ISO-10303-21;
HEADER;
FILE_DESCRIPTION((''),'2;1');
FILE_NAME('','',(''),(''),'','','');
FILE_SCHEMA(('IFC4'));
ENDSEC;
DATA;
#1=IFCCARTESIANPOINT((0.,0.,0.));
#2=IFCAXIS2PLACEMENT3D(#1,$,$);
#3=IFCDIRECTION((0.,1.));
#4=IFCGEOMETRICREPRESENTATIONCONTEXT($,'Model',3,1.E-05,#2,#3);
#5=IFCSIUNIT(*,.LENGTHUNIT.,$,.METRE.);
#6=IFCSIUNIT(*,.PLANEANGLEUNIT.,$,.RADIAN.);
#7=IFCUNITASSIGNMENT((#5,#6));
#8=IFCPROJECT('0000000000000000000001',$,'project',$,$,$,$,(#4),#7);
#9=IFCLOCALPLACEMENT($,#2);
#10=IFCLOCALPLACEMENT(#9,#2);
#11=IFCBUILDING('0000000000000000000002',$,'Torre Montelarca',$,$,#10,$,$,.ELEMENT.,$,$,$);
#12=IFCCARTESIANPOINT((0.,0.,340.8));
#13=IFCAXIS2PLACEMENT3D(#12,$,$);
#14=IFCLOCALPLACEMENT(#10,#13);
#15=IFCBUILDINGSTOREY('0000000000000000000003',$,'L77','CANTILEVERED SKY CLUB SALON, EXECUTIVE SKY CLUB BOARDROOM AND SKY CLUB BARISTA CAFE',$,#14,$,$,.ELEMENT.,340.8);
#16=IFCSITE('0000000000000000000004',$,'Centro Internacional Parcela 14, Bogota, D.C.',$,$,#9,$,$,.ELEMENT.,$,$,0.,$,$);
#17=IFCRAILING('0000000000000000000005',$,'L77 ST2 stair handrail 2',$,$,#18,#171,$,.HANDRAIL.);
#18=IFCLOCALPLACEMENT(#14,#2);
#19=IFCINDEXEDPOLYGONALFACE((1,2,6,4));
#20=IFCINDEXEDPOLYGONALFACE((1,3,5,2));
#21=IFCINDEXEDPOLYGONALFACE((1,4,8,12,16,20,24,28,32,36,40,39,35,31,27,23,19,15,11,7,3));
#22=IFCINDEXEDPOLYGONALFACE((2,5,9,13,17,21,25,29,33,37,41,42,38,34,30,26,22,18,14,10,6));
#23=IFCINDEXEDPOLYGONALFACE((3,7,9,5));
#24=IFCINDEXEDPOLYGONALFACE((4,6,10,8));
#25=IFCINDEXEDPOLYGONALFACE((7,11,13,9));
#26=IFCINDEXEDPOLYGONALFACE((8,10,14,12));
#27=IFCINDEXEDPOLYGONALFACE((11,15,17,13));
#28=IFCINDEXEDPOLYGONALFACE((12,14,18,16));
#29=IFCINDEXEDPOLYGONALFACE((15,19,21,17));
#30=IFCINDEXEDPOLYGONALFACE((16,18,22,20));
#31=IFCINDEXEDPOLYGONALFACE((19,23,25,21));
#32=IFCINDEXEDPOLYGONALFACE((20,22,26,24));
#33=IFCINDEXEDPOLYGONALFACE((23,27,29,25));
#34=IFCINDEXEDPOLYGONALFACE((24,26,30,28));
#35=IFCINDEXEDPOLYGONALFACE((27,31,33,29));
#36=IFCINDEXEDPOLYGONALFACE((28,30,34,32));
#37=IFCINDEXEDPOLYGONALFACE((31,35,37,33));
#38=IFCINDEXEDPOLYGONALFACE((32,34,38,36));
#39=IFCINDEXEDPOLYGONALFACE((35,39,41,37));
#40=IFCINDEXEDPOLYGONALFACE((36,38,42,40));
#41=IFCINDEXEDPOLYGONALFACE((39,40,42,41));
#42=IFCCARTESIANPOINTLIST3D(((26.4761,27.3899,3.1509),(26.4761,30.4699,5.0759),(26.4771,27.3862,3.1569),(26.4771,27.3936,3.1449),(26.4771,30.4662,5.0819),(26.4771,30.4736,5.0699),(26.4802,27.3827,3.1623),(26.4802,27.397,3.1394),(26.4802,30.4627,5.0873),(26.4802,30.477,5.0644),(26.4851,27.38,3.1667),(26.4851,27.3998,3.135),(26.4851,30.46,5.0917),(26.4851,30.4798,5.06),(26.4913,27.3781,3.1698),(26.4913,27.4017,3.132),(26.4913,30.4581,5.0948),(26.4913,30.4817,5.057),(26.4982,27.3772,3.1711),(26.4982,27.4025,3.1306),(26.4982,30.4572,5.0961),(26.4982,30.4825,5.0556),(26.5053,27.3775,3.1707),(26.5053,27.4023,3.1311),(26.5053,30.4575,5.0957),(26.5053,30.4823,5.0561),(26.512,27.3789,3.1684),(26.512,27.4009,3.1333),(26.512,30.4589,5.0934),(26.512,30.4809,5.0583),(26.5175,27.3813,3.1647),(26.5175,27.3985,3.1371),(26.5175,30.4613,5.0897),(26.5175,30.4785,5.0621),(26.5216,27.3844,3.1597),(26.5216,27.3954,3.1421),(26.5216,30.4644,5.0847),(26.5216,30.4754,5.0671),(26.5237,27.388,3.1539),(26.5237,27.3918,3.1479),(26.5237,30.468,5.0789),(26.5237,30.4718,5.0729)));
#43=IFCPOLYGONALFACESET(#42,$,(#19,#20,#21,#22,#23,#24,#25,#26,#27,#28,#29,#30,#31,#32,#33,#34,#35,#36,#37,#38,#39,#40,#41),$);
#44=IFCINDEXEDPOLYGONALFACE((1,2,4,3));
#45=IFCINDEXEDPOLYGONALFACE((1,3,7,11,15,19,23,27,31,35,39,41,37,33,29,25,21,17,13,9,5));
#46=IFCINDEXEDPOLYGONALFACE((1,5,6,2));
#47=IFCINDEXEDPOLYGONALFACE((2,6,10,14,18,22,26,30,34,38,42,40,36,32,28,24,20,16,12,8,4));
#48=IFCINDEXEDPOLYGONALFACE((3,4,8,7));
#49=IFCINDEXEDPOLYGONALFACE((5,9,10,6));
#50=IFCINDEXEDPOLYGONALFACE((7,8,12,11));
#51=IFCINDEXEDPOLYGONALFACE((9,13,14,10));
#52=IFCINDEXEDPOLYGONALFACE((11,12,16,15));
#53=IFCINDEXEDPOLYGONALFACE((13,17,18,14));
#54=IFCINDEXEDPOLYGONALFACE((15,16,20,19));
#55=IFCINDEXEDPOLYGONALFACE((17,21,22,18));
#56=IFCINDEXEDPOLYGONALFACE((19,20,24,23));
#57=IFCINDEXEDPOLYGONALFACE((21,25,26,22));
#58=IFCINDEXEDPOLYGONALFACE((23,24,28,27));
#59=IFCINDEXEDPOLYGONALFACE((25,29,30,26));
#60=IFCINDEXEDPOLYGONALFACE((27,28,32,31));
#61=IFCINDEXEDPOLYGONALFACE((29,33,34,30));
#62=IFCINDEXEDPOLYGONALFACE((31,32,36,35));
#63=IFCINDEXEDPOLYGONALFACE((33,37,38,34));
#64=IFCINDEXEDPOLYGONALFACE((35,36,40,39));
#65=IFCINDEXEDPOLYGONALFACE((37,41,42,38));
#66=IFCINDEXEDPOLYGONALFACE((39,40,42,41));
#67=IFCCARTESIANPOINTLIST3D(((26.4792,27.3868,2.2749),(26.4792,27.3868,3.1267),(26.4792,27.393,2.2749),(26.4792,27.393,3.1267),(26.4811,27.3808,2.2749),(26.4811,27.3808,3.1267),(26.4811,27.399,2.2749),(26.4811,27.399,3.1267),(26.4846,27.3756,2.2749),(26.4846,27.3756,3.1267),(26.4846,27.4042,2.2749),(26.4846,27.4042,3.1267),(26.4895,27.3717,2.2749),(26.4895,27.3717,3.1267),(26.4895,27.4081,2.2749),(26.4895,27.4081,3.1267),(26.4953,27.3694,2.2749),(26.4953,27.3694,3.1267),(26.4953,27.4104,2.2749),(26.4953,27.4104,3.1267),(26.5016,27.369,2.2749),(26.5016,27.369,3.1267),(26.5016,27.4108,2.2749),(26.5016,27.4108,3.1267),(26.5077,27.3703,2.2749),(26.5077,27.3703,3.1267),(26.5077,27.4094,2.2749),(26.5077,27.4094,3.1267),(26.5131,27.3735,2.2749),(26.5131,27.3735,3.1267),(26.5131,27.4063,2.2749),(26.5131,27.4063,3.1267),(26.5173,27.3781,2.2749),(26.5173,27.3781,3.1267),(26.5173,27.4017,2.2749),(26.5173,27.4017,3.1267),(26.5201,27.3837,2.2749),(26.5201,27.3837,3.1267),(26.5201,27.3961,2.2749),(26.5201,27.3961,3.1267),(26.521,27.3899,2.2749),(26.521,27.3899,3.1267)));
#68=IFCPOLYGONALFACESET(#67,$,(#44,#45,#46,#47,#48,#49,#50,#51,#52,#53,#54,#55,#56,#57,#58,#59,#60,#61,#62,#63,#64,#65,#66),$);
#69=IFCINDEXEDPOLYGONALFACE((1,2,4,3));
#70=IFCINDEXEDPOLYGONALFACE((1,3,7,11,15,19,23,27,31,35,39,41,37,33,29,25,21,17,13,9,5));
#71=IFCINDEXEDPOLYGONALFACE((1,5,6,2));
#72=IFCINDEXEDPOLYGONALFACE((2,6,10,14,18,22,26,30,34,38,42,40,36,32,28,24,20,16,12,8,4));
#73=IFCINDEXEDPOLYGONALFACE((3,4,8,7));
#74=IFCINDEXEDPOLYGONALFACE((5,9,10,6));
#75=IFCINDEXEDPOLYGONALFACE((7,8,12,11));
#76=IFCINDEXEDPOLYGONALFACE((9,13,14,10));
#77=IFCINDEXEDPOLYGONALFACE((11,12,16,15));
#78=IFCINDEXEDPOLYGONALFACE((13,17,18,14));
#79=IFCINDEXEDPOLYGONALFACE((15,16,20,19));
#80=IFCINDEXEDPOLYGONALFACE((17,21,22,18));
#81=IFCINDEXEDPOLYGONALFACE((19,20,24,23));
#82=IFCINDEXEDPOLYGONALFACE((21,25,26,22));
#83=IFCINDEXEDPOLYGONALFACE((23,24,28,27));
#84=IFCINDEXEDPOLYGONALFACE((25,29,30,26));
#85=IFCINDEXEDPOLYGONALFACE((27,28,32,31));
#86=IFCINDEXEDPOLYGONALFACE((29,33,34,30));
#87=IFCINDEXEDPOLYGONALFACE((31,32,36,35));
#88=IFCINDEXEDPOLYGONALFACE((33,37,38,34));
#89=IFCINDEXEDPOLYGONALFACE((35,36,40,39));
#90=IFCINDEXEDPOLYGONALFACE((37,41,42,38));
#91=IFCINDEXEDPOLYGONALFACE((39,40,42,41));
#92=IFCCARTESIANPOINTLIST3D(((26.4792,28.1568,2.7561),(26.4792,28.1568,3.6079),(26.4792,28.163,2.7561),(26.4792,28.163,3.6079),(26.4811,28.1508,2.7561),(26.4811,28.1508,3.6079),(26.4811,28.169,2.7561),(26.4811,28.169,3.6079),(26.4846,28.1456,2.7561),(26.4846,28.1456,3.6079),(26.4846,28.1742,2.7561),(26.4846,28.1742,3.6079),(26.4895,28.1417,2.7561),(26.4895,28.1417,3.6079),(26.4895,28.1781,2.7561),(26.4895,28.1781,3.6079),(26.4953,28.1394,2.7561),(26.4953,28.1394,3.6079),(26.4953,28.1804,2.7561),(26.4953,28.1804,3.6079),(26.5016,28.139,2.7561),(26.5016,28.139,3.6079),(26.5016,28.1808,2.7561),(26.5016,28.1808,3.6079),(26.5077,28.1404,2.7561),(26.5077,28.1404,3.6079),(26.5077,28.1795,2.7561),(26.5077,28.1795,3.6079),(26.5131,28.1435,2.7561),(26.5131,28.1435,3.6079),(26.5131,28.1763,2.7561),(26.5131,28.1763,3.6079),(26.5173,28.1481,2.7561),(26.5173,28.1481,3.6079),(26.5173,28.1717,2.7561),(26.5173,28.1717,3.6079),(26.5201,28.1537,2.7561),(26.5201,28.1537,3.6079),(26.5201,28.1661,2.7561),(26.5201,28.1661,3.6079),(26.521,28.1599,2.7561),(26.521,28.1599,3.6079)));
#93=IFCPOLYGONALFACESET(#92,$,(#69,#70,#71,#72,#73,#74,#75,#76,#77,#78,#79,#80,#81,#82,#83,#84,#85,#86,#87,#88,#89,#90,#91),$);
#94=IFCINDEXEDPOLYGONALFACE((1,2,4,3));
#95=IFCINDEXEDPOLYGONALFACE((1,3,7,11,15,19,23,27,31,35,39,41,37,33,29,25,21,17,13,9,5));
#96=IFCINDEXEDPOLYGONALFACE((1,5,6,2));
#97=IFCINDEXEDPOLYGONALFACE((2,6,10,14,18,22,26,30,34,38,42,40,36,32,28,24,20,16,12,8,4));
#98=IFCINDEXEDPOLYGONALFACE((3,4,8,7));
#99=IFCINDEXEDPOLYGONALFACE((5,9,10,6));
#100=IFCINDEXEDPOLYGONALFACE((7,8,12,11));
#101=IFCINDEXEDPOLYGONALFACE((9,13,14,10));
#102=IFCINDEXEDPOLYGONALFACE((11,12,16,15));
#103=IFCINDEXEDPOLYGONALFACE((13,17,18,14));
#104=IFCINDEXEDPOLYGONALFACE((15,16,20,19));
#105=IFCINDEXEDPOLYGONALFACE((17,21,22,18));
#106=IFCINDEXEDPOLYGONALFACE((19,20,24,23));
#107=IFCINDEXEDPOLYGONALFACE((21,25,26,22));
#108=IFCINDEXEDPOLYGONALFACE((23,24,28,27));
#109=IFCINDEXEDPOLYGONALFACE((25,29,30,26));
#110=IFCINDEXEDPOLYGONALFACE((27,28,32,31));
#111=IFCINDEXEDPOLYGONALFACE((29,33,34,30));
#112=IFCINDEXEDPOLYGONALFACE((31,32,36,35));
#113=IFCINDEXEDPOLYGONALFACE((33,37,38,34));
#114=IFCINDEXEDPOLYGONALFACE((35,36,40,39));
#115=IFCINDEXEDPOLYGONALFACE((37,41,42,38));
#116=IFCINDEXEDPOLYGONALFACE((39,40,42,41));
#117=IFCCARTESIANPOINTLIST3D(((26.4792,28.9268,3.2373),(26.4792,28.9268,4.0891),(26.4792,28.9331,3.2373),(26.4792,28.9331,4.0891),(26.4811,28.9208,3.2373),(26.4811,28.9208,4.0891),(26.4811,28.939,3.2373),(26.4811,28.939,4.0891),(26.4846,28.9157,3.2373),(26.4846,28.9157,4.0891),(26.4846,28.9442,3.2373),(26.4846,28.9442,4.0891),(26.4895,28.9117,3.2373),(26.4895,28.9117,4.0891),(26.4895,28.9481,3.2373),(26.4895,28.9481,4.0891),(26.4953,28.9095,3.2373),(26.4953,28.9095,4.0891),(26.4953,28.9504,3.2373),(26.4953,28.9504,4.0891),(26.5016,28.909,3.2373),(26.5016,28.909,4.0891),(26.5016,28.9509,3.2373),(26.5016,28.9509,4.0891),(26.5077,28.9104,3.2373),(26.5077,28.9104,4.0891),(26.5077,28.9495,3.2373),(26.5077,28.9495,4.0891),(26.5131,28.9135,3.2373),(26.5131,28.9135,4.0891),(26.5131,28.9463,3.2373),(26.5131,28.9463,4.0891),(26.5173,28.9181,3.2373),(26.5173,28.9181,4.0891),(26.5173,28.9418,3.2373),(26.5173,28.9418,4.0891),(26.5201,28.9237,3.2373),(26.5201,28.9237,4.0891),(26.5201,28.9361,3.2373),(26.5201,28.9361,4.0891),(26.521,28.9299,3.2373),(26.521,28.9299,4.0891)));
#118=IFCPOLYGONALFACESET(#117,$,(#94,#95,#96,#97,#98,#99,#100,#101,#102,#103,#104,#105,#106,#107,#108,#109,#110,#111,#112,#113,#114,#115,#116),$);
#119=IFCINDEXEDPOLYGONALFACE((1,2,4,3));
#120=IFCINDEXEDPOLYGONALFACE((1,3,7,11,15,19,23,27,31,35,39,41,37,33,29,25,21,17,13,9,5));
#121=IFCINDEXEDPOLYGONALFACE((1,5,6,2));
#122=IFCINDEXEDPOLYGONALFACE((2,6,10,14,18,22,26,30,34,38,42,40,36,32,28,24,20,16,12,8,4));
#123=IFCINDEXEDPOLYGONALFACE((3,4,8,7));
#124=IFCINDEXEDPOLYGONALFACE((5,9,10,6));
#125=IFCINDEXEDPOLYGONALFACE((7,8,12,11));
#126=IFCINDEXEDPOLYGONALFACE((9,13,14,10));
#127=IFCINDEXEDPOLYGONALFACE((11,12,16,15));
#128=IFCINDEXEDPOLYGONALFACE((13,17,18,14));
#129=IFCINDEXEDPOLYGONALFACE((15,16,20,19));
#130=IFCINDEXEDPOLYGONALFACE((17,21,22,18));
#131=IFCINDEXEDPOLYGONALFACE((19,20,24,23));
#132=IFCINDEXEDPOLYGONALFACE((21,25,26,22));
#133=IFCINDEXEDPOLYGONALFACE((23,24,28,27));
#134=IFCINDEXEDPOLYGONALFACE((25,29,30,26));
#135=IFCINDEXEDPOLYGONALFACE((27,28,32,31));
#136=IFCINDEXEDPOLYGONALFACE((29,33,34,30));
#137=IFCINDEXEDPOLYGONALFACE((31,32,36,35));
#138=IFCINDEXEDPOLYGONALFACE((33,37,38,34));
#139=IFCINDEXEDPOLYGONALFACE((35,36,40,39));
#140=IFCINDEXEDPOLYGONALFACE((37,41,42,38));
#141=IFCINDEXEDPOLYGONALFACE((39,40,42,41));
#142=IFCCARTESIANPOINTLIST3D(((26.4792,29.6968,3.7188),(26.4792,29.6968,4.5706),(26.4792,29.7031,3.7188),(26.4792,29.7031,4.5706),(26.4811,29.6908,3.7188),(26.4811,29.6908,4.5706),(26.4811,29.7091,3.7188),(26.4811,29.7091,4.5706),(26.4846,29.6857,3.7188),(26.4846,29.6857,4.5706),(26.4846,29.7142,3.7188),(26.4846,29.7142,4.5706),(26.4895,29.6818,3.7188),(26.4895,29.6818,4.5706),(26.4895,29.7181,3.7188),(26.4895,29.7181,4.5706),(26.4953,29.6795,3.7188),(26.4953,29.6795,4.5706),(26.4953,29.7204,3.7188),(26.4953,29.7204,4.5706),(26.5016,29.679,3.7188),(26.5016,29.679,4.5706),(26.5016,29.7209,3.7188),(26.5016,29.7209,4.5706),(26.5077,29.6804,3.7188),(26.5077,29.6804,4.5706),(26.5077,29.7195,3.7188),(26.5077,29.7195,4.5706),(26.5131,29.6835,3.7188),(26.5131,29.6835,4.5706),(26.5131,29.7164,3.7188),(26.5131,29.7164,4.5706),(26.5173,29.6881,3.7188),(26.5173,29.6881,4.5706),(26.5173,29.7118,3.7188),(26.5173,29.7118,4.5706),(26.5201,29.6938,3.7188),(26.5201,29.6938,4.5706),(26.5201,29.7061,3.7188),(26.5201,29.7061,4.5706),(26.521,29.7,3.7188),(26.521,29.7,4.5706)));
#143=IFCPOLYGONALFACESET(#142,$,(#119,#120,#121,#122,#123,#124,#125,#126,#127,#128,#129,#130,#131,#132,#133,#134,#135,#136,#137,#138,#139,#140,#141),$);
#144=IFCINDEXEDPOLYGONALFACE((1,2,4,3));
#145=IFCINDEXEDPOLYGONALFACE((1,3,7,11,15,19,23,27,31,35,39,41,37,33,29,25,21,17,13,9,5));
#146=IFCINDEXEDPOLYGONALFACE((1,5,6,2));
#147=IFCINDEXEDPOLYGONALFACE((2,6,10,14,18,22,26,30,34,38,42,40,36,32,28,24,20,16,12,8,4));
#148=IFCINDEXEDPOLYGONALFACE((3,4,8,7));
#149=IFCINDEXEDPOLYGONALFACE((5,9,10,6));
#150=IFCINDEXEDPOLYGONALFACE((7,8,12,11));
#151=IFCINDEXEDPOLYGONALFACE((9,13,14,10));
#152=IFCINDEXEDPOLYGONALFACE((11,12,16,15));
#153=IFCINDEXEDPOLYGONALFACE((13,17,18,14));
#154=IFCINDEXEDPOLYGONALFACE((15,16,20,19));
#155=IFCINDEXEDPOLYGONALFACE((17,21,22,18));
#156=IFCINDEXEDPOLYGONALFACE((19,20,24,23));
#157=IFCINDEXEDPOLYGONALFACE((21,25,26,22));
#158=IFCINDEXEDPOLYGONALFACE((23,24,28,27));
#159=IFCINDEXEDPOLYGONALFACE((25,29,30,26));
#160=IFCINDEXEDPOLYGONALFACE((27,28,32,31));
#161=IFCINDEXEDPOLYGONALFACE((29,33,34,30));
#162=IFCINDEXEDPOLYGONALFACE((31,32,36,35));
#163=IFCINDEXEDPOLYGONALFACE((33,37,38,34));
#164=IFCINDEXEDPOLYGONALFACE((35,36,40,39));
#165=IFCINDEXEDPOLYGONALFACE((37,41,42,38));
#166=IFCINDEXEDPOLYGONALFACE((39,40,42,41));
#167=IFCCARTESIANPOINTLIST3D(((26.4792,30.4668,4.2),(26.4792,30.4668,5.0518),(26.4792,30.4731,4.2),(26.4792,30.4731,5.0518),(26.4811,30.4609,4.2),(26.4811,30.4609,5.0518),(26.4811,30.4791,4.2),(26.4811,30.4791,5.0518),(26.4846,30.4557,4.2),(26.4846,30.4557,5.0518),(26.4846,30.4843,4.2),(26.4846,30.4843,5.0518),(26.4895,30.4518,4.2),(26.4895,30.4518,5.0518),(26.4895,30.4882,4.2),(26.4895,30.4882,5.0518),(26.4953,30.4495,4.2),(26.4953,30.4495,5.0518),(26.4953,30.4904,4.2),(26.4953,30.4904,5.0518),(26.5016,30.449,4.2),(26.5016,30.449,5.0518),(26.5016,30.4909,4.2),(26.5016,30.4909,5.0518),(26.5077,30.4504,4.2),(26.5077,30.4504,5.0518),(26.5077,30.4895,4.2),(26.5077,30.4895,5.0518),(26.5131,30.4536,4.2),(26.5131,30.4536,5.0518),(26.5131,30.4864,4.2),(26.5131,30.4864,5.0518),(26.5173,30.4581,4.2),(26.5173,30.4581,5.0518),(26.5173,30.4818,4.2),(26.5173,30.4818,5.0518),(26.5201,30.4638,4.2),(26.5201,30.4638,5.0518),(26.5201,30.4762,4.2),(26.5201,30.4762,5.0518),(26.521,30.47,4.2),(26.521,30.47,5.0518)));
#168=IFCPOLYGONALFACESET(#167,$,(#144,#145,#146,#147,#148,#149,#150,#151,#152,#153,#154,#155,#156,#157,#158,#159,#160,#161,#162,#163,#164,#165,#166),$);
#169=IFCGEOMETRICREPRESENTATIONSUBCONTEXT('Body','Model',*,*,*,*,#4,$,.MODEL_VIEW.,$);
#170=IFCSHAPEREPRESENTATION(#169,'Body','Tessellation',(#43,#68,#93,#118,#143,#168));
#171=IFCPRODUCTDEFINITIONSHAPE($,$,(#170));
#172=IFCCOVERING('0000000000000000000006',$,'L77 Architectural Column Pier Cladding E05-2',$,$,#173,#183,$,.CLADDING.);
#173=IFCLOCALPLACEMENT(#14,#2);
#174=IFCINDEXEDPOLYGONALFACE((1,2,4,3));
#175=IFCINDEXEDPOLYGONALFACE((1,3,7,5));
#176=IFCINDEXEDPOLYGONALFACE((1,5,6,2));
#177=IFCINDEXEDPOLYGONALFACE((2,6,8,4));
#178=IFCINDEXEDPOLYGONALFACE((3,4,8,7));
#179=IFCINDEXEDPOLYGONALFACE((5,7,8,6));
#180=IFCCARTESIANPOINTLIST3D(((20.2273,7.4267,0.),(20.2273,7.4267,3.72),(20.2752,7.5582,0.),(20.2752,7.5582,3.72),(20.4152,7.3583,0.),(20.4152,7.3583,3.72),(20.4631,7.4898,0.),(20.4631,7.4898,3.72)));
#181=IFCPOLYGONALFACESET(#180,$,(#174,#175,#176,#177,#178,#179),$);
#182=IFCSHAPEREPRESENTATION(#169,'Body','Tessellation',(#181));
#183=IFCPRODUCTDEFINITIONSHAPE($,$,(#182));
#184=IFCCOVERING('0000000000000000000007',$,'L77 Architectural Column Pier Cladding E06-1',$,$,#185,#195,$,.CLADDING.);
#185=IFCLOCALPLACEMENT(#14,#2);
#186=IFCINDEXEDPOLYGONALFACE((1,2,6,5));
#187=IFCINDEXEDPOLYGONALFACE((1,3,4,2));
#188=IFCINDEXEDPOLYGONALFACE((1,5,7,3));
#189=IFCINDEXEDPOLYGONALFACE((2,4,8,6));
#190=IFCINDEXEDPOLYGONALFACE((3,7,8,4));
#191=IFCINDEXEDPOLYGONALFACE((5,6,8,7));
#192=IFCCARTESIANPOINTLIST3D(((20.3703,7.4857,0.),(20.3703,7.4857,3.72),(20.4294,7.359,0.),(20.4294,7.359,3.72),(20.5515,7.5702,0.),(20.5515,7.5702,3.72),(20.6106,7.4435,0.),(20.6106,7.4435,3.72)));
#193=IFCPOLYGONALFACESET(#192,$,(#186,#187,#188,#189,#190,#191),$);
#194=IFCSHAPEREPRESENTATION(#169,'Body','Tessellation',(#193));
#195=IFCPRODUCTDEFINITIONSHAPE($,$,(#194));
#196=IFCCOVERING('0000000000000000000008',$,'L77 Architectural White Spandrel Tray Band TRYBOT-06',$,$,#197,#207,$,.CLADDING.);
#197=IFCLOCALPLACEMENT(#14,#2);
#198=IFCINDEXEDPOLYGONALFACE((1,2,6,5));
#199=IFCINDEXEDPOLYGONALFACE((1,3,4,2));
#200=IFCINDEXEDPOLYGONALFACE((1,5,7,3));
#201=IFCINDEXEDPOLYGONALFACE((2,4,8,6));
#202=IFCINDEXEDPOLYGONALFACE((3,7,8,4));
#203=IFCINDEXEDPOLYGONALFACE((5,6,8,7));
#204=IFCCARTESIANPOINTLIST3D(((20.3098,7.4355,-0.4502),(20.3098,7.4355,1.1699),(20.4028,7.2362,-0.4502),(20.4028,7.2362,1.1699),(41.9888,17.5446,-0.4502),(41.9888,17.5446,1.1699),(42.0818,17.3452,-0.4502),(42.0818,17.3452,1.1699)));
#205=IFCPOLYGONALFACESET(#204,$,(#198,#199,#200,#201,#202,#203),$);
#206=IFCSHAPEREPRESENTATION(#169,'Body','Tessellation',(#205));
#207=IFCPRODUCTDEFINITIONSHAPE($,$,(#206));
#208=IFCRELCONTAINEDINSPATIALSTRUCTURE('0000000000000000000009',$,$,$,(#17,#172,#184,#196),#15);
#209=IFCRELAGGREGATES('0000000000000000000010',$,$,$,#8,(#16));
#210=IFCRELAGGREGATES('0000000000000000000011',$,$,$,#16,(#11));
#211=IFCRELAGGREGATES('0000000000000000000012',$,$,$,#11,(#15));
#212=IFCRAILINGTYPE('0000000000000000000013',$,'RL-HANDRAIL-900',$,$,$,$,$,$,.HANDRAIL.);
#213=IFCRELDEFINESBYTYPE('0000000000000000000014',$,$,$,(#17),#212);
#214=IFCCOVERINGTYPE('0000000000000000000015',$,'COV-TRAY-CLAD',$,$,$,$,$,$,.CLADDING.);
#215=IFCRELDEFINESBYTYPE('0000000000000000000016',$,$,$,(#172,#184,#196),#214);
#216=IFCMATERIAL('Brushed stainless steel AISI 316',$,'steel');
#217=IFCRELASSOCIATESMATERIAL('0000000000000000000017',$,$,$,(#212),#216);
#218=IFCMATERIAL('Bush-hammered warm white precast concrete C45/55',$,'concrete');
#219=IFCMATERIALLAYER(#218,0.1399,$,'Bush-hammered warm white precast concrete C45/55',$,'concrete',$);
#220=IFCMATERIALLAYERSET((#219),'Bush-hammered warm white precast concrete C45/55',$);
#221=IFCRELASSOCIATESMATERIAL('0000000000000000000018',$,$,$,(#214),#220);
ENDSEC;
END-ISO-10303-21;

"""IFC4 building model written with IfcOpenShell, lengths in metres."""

from ifc_helpers import new_model, si_unit, direction, frame, origin, origin_2d, place, context, subcontext, project, spatial, rectangle, circle, extrude, source, transform, mapped, material, layer, layer_set, type_object, element, save


model = new_model("IFC4")

# Units and contexts
model_context = context("Model", 3, precision=1e-05, world=origin(), true_north=direction((0.0, 1.0)))
body_context = subcontext(model_context, "Body", "Model", "MODEL_VIEW")
ifc_project = project(units=[si_unit("LENGTHUNIT", "METRE"), si_unit("PLANEANGLEUNIT", "RADIAN")], contexts=[model_context])

# Site, building, storey
site_placement = place(None, origin())
site = spatial("IfcSite", under=ifc_project, at=site_placement, Name="Centro Internacional Parcela 14, Bogota, D.C.", CompositionType="ELEMENT", RefElevation=0.0)
building_placement = place(site_placement, origin())
building = spatial("IfcBuilding", under=site, at=building_placement, Name="Torre Montelarca", CompositionType="ELEMENT")
storey_placement = place(building_placement, frame((0.0, 0.0, 340.8)))
storey = spatial("IfcBuildingStorey", under=building, at=storey_placement, Name="L77", Description="CANTILEVERED SKY CLUB SALON, EXECUTIVE SKY CLUB BOARDROOM AND SKY CLUB BARISTA CAFE", CompositionType="ELEMENT", Elevation=340.8)

# Railing
ifc_material_1 = material(Name="Brushed stainless steel AISI 316", Category="steel")
railing_type_1 = type_object("IfcRailingType", Name="RL-HANDRAIL-900", PredefinedType="HANDRAIL", material=ifc_material_1)
railing_1_placement = place(storey_placement, frame((26.5, 27.3899, 2.2749)))
element("IfcRailing", 1, at=railing_1_placement, inside=storey, type_object=railing_type_1, Name="L77 ST2 stair handrail 2", PredefinedType="HANDRAIL", context=body_context, shape_type="SweptSolid", body=[
    extrude(circle(Radius=0.0239, at=origin_2d()), frame((0.0, 0.0, 0.876), z_axis=(0.0, 0.847998, 0.529999), x_axis=(-1.0, 0.0, 0.0)), (0.0, 0.0, 1.0), 3.6321),
    extrude(circle(Radius=0.021, at=origin_2d()), origin(), (0.0, 0.0, 1.0), 0.8518),
    extrude(circle(Radius=0.021, at=origin_2d()), frame((0.0, 0.77, 0.4812)), (0.0, 0.0, 1.0), 0.8518),
    extrude(circle(Radius=0.021, at=origin_2d()), frame((0.0, 1.54, 0.9624)), (0.0, 0.0, 1.0), 0.8518),
    extrude(circle(Radius=0.021, at=origin_2d()), frame((0.0, 2.3101, 1.4438)), (0.0, 0.0, 1.0), 0.8518),
    extrude(circle(Radius=0.021, at=origin_2d()), frame((0.0, 3.0801, 1.925)), (0.0, 0.0, 1.0), 0.8518),
])

# Coverings
ifc_material_2 = material(Name="Bush-hammered warm white precast concrete C45/55", Category="concrete")
ifc_layer_1 = layer(ifc_material_2, 0.1399, Name="Bush-hammered warm white precast concrete C45/55", Category="concrete")
ifc_layer_set_1 = layer_set([ifc_layer_1], Name="Bush-hammered warm white precast concrete C45/55")
covering_type = type_object("IfcCoveringType", Name="COV-TRAY-CLAD", PredefinedType="CLADDING", material=ifc_layer_set_1)
shared_shape_1 = source(origin(), body_context, "Body", "SweptSolid", [
    extrude(rectangle(XDim=0.2, YDim=0.1399, at=origin_2d()), origin(), (0.0, 0.0, 1.0), 3.72),
])
for number, where, z_axis, x_axis, name in (
    (2, (20.3452, 7.4583, 0.0), (0.0, 0.0, 1.0), (0.939696, -0.34201, 0.0), "L77 Architectural Column Pier Cladding E05-2"),
    (3, (20.4905, 7.4646, 0.0), (0.0, 0.0, 1.0), (0.906309, 0.422615, 0.0), "L77 Architectural Column Pier Cladding E06-1"),
):
    element("IfcCovering", number, at=place(storey_placement, frame(where, z_axis=z_axis, x_axis=x_axis)), inside=storey, type_object=covering_type, Name=name, PredefinedType="CLADDING", context=body_context, shape_type="MappedRepresentation", body=[
        mapped(shared_shape_1, transform((0.0, 0.0, 0.0), scale=1.0)),
    ])
shared_shape_2 = source(origin(), body_context, "Body", "SweptSolid", [
    extrude(rectangle(XDim=23.9202, YDim=0.22, at=origin_2d()), origin(), (0.0, 0.0, 1.0), 1.6201),
])
covering_placement = place(storey_placement, frame((31.1958, 12.3904, -0.4502), z_axis=(0.0, 0.0, 1.0), x_axis=(0.906309, 0.422617, 0.0)))
element("IfcCovering", 4, at=covering_placement, inside=storey, type_object=covering_type, Name="L77 Architectural White Spandrel Tray Band TRYBOT-06", PredefinedType="CLADDING", context=body_context, shape_type="MappedRepresentation", body=[
    mapped(shared_shape_2, transform((0.0, 0.0, 0.0), scale=1.0)),
])

save(model, "model.ifc")
